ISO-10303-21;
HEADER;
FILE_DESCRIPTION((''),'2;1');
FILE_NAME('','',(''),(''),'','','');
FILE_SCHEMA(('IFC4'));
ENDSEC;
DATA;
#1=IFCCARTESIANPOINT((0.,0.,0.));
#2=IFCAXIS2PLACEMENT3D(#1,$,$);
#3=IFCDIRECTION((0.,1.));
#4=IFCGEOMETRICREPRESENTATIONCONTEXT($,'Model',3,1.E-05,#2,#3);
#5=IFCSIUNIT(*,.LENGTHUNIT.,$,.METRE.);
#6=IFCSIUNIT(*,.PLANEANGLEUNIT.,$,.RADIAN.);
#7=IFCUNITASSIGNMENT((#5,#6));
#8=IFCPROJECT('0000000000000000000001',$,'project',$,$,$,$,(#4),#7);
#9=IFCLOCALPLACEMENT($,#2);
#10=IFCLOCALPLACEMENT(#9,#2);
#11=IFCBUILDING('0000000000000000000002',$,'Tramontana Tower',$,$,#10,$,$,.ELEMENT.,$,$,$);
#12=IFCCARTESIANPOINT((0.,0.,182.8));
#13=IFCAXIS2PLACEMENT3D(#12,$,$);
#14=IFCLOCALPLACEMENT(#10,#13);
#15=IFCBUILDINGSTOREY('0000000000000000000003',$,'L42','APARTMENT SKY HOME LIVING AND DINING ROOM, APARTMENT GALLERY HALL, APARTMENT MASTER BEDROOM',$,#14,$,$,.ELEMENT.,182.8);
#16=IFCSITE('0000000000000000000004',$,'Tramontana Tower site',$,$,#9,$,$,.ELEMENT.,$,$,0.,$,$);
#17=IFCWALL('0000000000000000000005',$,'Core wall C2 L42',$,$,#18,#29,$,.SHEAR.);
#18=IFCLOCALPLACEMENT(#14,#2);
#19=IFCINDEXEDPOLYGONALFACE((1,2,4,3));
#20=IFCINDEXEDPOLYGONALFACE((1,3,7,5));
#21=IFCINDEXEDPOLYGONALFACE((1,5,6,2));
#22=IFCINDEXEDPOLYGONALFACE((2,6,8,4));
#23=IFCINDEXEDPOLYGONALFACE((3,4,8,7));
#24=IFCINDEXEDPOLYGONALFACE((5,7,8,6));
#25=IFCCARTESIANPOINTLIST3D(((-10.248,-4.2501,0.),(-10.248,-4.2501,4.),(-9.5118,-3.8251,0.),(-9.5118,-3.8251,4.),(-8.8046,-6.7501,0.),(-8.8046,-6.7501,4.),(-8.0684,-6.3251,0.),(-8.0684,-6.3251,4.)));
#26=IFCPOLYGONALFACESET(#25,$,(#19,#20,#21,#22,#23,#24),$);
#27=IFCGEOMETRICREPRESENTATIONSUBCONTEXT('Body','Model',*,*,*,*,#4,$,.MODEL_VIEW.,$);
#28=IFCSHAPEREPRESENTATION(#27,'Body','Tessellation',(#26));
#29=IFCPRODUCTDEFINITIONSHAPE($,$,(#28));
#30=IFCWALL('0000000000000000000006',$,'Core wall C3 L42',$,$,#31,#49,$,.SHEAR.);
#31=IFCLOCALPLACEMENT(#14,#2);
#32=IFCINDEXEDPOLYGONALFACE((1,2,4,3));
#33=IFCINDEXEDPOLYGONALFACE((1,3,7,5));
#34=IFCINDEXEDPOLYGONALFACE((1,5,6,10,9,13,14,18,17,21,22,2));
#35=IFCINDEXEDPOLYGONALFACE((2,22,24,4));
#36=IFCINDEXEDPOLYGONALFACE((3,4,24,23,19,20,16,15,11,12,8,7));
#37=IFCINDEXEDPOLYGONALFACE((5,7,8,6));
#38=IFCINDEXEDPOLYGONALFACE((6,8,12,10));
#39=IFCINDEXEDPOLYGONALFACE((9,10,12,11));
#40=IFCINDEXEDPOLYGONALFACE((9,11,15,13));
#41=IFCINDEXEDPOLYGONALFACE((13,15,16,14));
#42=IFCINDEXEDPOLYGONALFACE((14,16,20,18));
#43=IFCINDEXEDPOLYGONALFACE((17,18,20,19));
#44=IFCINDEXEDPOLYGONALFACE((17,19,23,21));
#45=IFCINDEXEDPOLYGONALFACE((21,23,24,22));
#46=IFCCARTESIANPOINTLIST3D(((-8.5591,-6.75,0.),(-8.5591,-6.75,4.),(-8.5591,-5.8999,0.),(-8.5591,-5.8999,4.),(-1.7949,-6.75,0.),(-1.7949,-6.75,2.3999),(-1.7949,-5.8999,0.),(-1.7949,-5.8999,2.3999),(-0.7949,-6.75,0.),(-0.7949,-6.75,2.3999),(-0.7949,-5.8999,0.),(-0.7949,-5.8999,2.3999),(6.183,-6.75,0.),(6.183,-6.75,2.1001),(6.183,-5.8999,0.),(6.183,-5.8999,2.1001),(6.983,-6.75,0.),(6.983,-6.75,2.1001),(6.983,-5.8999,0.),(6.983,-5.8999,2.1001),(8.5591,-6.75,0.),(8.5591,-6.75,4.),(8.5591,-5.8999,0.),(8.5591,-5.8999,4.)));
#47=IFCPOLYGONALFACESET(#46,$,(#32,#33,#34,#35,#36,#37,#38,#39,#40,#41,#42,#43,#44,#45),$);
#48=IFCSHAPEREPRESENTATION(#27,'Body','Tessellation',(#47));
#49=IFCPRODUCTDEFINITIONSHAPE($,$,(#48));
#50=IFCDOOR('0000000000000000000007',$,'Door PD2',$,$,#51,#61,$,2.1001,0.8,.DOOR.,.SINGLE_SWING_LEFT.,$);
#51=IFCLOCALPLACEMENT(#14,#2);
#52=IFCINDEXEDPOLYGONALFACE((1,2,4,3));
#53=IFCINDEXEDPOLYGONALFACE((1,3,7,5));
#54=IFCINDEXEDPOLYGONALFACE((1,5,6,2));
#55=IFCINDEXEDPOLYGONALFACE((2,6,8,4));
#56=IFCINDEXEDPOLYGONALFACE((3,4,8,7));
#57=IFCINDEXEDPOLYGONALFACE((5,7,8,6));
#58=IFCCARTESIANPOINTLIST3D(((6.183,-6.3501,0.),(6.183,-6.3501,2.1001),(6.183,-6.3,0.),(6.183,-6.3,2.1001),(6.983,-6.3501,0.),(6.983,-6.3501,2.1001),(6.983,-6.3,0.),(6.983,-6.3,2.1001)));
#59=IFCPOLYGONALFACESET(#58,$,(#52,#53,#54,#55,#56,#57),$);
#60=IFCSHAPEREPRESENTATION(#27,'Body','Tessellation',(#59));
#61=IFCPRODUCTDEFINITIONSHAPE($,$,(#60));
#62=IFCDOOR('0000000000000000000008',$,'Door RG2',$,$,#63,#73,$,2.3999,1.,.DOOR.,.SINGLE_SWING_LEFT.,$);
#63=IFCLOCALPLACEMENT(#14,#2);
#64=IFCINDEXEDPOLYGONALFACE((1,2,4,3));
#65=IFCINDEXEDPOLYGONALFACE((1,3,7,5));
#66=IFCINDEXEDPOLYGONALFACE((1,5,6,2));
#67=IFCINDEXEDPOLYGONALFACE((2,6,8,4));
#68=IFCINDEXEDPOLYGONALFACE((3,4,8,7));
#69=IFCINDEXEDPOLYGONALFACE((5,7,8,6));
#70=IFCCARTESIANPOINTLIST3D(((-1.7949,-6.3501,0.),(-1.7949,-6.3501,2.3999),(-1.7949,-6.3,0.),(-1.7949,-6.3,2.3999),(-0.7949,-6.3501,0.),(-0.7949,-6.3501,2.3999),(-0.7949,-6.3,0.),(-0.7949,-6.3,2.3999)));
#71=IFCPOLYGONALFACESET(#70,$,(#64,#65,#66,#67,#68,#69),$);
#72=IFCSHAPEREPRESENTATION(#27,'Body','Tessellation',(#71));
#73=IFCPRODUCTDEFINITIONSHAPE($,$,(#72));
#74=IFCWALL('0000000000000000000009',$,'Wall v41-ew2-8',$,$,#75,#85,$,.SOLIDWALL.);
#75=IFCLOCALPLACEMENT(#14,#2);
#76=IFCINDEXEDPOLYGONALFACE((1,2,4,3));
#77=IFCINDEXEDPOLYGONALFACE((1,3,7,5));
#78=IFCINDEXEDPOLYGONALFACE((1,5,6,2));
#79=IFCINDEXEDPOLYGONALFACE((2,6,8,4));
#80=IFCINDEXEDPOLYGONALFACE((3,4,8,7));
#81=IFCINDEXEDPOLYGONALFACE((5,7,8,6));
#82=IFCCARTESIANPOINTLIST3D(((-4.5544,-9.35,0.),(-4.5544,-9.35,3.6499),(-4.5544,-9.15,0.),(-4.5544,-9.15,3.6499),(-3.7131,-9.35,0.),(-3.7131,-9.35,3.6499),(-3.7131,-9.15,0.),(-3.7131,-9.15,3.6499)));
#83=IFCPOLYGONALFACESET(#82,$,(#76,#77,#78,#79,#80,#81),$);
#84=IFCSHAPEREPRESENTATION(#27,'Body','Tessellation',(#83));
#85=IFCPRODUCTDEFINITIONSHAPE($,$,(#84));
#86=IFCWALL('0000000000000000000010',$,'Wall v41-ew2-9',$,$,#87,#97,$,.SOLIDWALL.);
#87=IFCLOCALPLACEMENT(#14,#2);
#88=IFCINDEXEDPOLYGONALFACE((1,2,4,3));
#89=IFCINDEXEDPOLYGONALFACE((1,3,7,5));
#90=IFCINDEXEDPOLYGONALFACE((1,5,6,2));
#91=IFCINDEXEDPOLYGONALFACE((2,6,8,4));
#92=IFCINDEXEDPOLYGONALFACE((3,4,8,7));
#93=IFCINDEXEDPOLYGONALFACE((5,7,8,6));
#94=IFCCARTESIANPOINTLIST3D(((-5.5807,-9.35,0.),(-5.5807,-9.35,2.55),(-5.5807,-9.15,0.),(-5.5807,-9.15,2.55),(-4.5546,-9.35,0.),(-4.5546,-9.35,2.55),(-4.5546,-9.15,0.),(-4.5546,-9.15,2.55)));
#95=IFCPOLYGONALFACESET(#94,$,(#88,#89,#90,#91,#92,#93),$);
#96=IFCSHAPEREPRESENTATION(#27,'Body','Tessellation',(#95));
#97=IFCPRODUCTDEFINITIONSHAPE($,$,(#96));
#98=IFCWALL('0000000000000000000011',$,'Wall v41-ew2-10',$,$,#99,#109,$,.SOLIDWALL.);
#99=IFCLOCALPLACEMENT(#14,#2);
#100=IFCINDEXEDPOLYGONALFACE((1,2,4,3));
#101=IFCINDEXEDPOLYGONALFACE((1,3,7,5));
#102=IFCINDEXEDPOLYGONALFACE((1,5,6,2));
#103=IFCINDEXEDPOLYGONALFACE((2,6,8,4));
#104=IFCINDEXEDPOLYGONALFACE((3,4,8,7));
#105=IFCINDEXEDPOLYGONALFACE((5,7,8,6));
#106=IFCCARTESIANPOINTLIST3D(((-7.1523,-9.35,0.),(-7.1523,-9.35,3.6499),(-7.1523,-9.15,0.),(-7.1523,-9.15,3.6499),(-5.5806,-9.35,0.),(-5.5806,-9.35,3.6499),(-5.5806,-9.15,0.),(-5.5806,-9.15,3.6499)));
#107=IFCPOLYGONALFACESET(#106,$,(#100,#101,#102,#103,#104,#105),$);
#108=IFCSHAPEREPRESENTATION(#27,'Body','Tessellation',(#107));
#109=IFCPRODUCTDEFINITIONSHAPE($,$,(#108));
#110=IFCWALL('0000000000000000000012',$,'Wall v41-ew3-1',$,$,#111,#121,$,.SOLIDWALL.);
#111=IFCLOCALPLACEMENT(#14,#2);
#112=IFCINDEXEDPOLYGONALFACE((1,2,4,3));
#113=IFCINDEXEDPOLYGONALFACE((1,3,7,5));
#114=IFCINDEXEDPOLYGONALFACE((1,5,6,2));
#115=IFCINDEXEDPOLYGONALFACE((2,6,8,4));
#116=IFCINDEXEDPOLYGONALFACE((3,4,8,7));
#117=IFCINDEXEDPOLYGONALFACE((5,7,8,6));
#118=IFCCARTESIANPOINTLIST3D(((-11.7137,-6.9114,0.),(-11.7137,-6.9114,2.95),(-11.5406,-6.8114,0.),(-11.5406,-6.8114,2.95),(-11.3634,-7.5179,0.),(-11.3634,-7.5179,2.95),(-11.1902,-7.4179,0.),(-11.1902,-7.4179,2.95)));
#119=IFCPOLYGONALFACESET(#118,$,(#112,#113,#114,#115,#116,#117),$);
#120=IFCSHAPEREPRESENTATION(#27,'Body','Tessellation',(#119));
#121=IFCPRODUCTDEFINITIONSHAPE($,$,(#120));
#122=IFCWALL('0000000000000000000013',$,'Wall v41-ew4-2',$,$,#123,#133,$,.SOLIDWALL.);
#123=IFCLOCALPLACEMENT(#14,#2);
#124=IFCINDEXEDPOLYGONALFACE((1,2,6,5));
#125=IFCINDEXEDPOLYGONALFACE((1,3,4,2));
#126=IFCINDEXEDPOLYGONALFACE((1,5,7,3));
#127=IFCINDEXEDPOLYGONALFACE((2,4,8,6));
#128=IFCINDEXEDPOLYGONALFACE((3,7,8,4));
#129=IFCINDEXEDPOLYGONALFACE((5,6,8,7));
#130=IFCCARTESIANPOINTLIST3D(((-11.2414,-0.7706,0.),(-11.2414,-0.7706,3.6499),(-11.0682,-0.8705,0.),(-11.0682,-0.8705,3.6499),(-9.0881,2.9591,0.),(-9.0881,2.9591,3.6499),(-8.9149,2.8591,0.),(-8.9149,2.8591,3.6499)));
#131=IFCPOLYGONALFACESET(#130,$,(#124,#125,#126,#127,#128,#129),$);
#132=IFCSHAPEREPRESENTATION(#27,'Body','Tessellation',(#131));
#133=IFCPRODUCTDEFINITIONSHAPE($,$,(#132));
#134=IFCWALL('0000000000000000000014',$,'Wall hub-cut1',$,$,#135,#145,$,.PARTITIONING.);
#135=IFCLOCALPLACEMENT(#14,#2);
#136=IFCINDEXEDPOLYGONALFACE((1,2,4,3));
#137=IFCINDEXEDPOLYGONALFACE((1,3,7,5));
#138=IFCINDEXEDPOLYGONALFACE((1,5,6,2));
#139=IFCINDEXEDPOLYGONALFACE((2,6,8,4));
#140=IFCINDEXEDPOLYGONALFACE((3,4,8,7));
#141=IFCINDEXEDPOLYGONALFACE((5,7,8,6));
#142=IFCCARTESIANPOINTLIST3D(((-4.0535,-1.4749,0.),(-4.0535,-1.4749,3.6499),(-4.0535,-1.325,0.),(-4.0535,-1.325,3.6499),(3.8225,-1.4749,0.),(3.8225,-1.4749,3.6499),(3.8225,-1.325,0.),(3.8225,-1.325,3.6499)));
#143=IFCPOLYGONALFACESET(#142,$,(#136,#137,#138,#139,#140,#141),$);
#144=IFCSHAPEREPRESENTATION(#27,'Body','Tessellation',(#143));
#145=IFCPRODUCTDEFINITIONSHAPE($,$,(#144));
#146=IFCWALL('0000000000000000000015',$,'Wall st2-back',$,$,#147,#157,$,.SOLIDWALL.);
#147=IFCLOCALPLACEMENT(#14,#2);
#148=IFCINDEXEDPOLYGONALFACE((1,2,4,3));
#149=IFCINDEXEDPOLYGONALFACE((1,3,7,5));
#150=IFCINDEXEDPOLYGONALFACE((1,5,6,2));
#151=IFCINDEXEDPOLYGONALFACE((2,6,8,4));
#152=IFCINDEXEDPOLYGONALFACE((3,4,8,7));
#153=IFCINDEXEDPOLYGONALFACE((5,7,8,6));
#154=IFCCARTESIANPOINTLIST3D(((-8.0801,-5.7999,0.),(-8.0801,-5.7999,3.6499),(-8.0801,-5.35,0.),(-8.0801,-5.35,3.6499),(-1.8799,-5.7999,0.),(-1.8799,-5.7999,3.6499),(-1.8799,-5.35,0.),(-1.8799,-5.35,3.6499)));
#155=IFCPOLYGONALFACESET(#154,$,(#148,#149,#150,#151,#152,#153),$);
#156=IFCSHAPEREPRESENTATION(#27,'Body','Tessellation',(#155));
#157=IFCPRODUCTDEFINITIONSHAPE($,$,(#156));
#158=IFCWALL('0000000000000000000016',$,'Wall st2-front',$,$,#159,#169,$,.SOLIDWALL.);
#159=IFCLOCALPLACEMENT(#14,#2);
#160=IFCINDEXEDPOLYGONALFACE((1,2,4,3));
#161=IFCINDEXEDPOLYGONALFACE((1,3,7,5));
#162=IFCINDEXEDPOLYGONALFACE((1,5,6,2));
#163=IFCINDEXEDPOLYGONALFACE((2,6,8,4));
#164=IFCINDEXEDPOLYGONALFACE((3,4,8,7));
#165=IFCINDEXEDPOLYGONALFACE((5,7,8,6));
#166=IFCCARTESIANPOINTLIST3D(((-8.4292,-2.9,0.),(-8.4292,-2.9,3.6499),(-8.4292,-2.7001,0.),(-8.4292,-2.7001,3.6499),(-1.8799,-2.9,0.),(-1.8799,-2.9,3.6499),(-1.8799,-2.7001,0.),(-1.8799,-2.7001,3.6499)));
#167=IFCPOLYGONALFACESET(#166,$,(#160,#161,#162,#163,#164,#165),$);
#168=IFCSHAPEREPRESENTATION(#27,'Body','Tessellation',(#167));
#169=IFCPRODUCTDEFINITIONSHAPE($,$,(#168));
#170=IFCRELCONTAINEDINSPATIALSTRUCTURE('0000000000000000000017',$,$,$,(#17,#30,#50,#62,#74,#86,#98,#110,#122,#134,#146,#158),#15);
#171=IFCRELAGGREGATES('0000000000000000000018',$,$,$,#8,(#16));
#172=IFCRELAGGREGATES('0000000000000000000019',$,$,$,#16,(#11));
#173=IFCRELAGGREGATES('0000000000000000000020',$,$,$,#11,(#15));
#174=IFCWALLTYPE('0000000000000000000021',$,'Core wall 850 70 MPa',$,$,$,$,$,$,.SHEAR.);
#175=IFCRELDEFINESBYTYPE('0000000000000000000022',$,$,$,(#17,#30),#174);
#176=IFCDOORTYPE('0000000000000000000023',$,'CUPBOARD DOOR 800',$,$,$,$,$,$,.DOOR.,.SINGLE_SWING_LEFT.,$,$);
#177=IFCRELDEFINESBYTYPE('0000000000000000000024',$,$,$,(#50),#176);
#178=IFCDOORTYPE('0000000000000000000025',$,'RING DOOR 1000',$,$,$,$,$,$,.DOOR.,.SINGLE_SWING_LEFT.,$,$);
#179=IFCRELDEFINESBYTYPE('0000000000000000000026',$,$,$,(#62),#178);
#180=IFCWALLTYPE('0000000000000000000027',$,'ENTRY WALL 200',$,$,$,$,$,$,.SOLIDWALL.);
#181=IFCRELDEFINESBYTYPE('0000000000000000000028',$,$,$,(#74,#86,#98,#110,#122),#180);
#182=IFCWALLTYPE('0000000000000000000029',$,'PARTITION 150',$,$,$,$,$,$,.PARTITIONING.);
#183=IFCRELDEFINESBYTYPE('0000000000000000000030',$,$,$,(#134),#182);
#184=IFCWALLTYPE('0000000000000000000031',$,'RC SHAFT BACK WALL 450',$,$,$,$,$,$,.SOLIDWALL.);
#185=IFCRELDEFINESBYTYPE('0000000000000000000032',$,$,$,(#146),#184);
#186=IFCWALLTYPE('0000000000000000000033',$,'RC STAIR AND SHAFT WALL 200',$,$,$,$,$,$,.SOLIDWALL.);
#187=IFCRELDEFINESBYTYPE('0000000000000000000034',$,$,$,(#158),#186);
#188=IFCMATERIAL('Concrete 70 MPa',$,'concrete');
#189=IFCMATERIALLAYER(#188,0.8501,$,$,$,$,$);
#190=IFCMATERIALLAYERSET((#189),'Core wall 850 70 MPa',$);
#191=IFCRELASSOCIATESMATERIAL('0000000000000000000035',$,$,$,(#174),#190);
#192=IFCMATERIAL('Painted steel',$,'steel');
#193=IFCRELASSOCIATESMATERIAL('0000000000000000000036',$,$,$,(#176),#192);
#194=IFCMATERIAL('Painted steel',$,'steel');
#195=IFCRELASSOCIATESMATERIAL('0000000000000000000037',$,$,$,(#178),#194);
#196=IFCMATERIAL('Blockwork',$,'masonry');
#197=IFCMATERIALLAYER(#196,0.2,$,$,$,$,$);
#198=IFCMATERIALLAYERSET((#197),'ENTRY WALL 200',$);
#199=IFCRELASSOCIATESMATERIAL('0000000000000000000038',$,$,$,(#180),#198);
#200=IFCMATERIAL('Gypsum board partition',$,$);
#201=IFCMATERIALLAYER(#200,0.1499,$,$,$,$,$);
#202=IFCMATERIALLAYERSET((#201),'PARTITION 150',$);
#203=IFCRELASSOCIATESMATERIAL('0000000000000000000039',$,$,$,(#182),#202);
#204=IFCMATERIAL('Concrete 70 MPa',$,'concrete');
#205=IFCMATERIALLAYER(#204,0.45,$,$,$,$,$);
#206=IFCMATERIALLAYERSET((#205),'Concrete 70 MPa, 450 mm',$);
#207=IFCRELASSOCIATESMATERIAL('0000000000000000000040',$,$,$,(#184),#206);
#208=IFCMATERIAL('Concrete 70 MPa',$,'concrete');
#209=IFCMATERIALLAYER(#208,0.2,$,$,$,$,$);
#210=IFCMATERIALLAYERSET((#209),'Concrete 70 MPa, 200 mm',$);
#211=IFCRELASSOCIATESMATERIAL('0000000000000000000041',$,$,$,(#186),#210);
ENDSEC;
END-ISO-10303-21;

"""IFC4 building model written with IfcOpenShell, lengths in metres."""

from ifc_helpers import new_model, si_unit, direction, frame, frame_2d, origin, place, context, subcontext, project, spatial, rectangle, extrude, material, layer, layer_set, type_object, element, fill, save


model = new_model("IFC4")

# Units and contexts
model_context = context("Model", 3, precision=1e-05, world=origin(), true_north=direction((0.0, 1.0)))
body_context = subcontext(model_context, "Body", "Model", "MODEL_VIEW")
ifc_project = project(units=[si_unit("LENGTHUNIT", "METRE"), si_unit("PLANEANGLEUNIT", "RADIAN")], contexts=[model_context])

# Site, building, storey
site_placement = place(None, origin())
site = spatial("IfcSite", under=ifc_project, at=site_placement, Name="Tramontana Tower site", CompositionType="ELEMENT", RefElevation=0.0)
building_placement = place(site_placement, origin())
building = spatial("IfcBuilding", under=site, at=building_placement, Name="Tramontana Tower", CompositionType="ELEMENT")
storey_placement = place(building_placement, frame((0.0, 0.0, 182.8)))
storey = spatial("IfcBuildingStorey", under=building, at=storey_placement, Name="L42", Description="APARTMENT SKY HOME LIVING AND DINING ROOM, APARTMENT GALLERY HALL, APARTMENT MASTER BEDROOM", CompositionType="ELEMENT", Elevation=182.8)

# Wall
ifc_material_1 = material(Name="Concrete 70 MPa", Category="concrete")
ifc_layer_1 = layer(ifc_material_1, 0.8501)
ifc_layer_set_1 = layer_set([ifc_layer_1], Name="Core wall 850 70 MPa")
wall_type_1 = type_object("IfcWallType", Name="Core wall 850 70 MPa", PredefinedType="SHEAR", material=ifc_layer_set_1)
wall_1_placement = place(storey_placement, frame((-9.8799, -4.0376, 0.0), z_axis=(0.0, 0.0, 1.0), x_axis=(0.499996, -0.866028, 0.0)))
element("IfcWall", 1, at=wall_1_placement, inside=storey, type_object=wall_type_1, Name="Core wall C2 L42", PredefinedType="SHEAR", context=body_context, shape_type="SweptSolid", body=[
    extrude(rectangle(XDim=2.8867, YDim=0.8501, at=frame_2d((1.4434, 0.0))), origin(), (0.0, 0.0, 1.0), 4.0),
])

# Wall, openings, doors
wall_2_placement = place(storey_placement, frame((-8.5591, -6.325, 0.0), z_axis=(0.0, 0.0, 1.0), x_axis=(1.0, 0.0, 0.0)))
wall_2 = element("IfcWall", 2, at=wall_2_placement, inside=storey, type_object=wall_type_1, Name="Core wall C3 L42", PredefinedType="SHEAR", context=body_context, shape_type="SweptSolid", body=[
    extrude(rectangle(XDim=17.1182, YDim=0.8501, at=frame_2d((8.5591, 0.0))), origin(), (0.0, 0.0, 1.0), 4.0),
])
opening_1_placement = place(wall_2_placement, frame((6.7642, 0.0, 0.0)))
opening_1 = element("IfcOpeningElement", 3, at=opening_1_placement, cuts=wall_2, PredefinedType="OPENING", context=body_context, shape_type="SweptSolid", body=[
    extrude(rectangle(XDim=1.0, YDim=2.3999, at=frame_2d((0.5, 1.2))), frame((0.0, 0.4351, 0.0), z_axis=(0.0, -1.0, 0.0), x_axis=(1.0, 0.0, 0.0)), (0.0, 0.0, 1.0), 0.8701),
])
opening_2_placement = place(wall_2_placement, frame((14.7422, 0.0, 0.0)))
opening_2 = element("IfcOpeningElement", 4, at=opening_2_placement, cuts=wall_2, PredefinedType="OPENING", context=body_context, shape_type="SweptSolid", body=[
    extrude(rectangle(XDim=0.8, YDim=2.1001, at=frame_2d((0.3999, 1.05))), frame((0.0, 0.4351, 0.0), z_axis=(0.0, -1.0, 0.0), x_axis=(1.0, 0.0, 0.0)), (0.0, 0.0, 1.0), 0.8701),
])
ifc_material_2 = material(Name="Painted steel", Category="steel")
door_type_1 = type_object("IfcDoorType", Name="CUPBOARD DOOR 800", OperationType="SINGLE_SWING_LEFT", PredefinedType="DOOR", material=ifc_material_2)
door_1_placement = place(opening_2_placement, origin())
door_1 = element("IfcDoor", 5, at=door_1_placement, inside=storey, type_object=door_type_1, Name="Door PD2", OperationType="SINGLE_SWING_LEFT", OverallHeight=2.1001, OverallWidth=0.8, PredefinedType="DOOR", context=body_context, shape_type="SweptSolid", body=[
    extrude(rectangle(XDim=0.8, YDim=2.1001, at=frame_2d((0.3999, 1.05))), frame((0.0, 0.0249, 0.0), z_axis=(0.0, -1.0, 0.0), x_axis=(1.0, 0.0, 0.0)), (0.0, 0.0, 1.0), 0.05),
])
fill(opening_2, door_1)
ifc_material_3 = material(Name="Painted steel", Category="steel")
door_type_2 = type_object("IfcDoorType", Name="RING DOOR 1000", OperationType="SINGLE_SWING_LEFT", PredefinedType="DOOR", material=ifc_material_3)
door_2_placement = place(opening_1_placement, origin())
door_2 = element("IfcDoor", 6, at=door_2_placement, inside=storey, type_object=door_type_2, Name="Door RG2", OperationType="SINGLE_SWING_LEFT", OverallHeight=2.3999, OverallWidth=1.0, PredefinedType="DOOR", context=body_context, shape_type="SweptSolid", body=[
    extrude(rectangle(XDim=1.0, YDim=2.3999, at=frame_2d((0.5, 1.2))), frame((0.0, 0.0249, 0.0), z_axis=(0.0, -1.0, 0.0), x_axis=(1.0, 0.0, 0.0)), (0.0, 0.0, 1.0), 0.05),
])
fill(opening_1, door_2)

# Walls
ifc_material_4 = material(Name="Blockwork", Category="masonry")
ifc_layer_2 = layer(ifc_material_4, 0.2)
ifc_layer_set_2 = layer_set([ifc_layer_2], Name="ENTRY WALL 200")
wall_type_2 = type_object("IfcWallType", Name="ENTRY WALL 200", PredefinedType="SOLIDWALL", material=ifc_layer_set_2)
wall_3_placement = place(storey_placement, frame((-3.7131, -9.25, 0.0), z_axis=(0.0, 0.0, 1.0), x_axis=(-1.0, 0.0, 0.0)))
element("IfcWall", 7, at=wall_3_placement, inside=storey, type_object=wall_type_2, Name="Wall v41-ew2-8", PredefinedType="SOLIDWALL", context=body_context, shape_type="SweptSolid", body=[
    extrude(rectangle(XDim=0.8413, YDim=0.2, at=frame_2d((0.4207, 0.0))), origin(), (0.0, 0.0, 1.0), 3.6499),
])
wall_4_placement = place(storey_placement, frame((-4.5544, -9.25, 0.0), z_axis=(0.0, 0.0, 1.0), x_axis=(-1.0, 0.0, 0.0)))
element("IfcWall", 8, at=wall_4_placement, inside=storey, type_object=wall_type_2, Name="Wall v41-ew2-9", PredefinedType="SOLIDWALL", context=body_context, shape_type="SweptSolid", body=[
    extrude(rectangle(XDim=1.0261, YDim=0.2, at=frame_2d((0.5132, 0.0))), origin(), (0.0, 0.0, 1.0), 2.55),
])
wall_5_placement = place(storey_placement, frame((-5.5806, -9.25, 0.0), z_axis=(0.0, 0.0, 1.0), x_axis=(-1.0, 0.0, 0.0)))
element("IfcWall", 9, at=wall_5_placement, inside=storey, type_object=wall_type_2, Name="Wall v41-ew2-10", PredefinedType="SOLIDWALL", context=body_context, shape_type="SweptSolid", body=[
    extrude(rectangle(XDim=1.5718, YDim=0.2, at=frame_2d((0.7859, 0.0))), origin(), (0.0, 0.0, 1.0), 3.6499),
])
wall_6_placement = place(storey_placement, frame((-11.2769, -7.4678, 0.0), z_axis=(0.0, 0.0, 1.0), x_axis=(-0.500225, 0.865895, 0.0)))
element("IfcWall", 10, at=wall_6_placement, inside=storey, type_object=wall_type_2, Name="Wall v41-ew3-1", PredefinedType="SOLIDWALL", context=body_context, shape_type="SweptSolid", body=[
    extrude(rectangle(XDim=0.7004, YDim=0.2, at=frame_2d((0.3501, 0.0))), origin(), (0.0, 0.0, 1.0), 2.95),
])
wall_7_placement = place(storey_placement, frame((-11.1548, -0.8206, 0.0), z_axis=(0.0, 0.0, 1.0), x_axis=(0.499992, 0.86603, 0.0)))
element("IfcWall", 11, at=wall_7_placement, inside=storey, type_object=wall_type_2, Name="Wall v41-ew4-2", PredefinedType="SOLIDWALL", context=body_context, shape_type="SweptSolid", body=[
    extrude(rectangle(XDim=4.3066, YDim=0.2, at=frame_2d((2.1533, 0.0))), origin(), (0.0, 0.0, 1.0), 3.6499),
])
ifc_material_5 = material(Name="Gypsum board partition")
ifc_layer_3 = layer(ifc_material_5, 0.1499)
ifc_layer_set_3 = layer_set([ifc_layer_3], Name="PARTITION 150")
wall_type_3 = type_object("IfcWallType", Name="PARTITION 150", PredefinedType="PARTITIONING", material=ifc_layer_set_3)
wall_8_placement = place(storey_placement, frame((-4.0535, -1.3999, 0.0), z_axis=(0.0, 0.0, 1.0), x_axis=(1.0, 0.0, 0.0)))
element("IfcWall", 12, at=wall_8_placement, inside=storey, type_object=wall_type_3, Name="Wall hub-cut1", PredefinedType="PARTITIONING", context=body_context, shape_type="SweptSolid", body=[
    extrude(rectangle(XDim=7.876, YDim=0.1499, at=frame_2d((3.938, 0.0))), origin(), (0.0, 0.0, 1.0), 3.6499),
])
ifc_material_6 = material(Name="Concrete 70 MPa", Category="concrete")
ifc_layer_4 = layer(ifc_material_6, 0.45)
ifc_layer_set_4 = layer_set([ifc_layer_4], Name="Concrete 70 MPa, 450 mm")
wall_type_4 = type_object("IfcWallType", Name="RC SHAFT BACK WALL 450", PredefinedType="SOLIDWALL", material=ifc_layer_set_4)
wall_9_placement = place(storey_placement, frame((-8.0801, -5.575, 0.0), z_axis=(0.0, 0.0, 1.0), x_axis=(1.0, 0.0, 0.0)))
element("IfcWall", 13, at=wall_9_placement, inside=storey, type_object=wall_type_4, Name="Wall st2-back", PredefinedType="SOLIDWALL", context=body_context, shape_type="SweptSolid", body=[
    extrude(rectangle(XDim=6.2002, YDim=0.45, at=frame_2d((3.1001, 0.0))), origin(), (0.0, 0.0, 1.0), 3.6499),
])
ifc_material_7 = material(Name="Concrete 70 MPa", Category="concrete")
ifc_layer_5 = layer(ifc_material_7, 0.2)
ifc_layer_set_5 = layer_set([ifc_layer_5], Name="Concrete 70 MPa, 200 mm")
wall_type_5 = type_object("IfcWallType", Name="RC STAIR AND SHAFT WALL 200", PredefinedType="SOLIDWALL", material=ifc_layer_set_5)
wall_10_placement = place(storey_placement, frame((-8.4292, -2.8, 0.0), z_axis=(0.0, 0.0, 1.0), x_axis=(1.0, 0.0, 0.0)))
element("IfcWall", 14, at=wall_10_placement, inside=storey, type_object=wall_type_5, Name="Wall st2-front", PredefinedType="SOLIDWALL", context=body_context, shape_type="SweptSolid", body=[
    extrude(rectangle(XDim=6.5493, YDim=0.2, at=frame_2d((3.2747, 0.0))), origin(), (0.0, 0.0, 1.0), 3.6499),
])

save(model, "model.ifc")
